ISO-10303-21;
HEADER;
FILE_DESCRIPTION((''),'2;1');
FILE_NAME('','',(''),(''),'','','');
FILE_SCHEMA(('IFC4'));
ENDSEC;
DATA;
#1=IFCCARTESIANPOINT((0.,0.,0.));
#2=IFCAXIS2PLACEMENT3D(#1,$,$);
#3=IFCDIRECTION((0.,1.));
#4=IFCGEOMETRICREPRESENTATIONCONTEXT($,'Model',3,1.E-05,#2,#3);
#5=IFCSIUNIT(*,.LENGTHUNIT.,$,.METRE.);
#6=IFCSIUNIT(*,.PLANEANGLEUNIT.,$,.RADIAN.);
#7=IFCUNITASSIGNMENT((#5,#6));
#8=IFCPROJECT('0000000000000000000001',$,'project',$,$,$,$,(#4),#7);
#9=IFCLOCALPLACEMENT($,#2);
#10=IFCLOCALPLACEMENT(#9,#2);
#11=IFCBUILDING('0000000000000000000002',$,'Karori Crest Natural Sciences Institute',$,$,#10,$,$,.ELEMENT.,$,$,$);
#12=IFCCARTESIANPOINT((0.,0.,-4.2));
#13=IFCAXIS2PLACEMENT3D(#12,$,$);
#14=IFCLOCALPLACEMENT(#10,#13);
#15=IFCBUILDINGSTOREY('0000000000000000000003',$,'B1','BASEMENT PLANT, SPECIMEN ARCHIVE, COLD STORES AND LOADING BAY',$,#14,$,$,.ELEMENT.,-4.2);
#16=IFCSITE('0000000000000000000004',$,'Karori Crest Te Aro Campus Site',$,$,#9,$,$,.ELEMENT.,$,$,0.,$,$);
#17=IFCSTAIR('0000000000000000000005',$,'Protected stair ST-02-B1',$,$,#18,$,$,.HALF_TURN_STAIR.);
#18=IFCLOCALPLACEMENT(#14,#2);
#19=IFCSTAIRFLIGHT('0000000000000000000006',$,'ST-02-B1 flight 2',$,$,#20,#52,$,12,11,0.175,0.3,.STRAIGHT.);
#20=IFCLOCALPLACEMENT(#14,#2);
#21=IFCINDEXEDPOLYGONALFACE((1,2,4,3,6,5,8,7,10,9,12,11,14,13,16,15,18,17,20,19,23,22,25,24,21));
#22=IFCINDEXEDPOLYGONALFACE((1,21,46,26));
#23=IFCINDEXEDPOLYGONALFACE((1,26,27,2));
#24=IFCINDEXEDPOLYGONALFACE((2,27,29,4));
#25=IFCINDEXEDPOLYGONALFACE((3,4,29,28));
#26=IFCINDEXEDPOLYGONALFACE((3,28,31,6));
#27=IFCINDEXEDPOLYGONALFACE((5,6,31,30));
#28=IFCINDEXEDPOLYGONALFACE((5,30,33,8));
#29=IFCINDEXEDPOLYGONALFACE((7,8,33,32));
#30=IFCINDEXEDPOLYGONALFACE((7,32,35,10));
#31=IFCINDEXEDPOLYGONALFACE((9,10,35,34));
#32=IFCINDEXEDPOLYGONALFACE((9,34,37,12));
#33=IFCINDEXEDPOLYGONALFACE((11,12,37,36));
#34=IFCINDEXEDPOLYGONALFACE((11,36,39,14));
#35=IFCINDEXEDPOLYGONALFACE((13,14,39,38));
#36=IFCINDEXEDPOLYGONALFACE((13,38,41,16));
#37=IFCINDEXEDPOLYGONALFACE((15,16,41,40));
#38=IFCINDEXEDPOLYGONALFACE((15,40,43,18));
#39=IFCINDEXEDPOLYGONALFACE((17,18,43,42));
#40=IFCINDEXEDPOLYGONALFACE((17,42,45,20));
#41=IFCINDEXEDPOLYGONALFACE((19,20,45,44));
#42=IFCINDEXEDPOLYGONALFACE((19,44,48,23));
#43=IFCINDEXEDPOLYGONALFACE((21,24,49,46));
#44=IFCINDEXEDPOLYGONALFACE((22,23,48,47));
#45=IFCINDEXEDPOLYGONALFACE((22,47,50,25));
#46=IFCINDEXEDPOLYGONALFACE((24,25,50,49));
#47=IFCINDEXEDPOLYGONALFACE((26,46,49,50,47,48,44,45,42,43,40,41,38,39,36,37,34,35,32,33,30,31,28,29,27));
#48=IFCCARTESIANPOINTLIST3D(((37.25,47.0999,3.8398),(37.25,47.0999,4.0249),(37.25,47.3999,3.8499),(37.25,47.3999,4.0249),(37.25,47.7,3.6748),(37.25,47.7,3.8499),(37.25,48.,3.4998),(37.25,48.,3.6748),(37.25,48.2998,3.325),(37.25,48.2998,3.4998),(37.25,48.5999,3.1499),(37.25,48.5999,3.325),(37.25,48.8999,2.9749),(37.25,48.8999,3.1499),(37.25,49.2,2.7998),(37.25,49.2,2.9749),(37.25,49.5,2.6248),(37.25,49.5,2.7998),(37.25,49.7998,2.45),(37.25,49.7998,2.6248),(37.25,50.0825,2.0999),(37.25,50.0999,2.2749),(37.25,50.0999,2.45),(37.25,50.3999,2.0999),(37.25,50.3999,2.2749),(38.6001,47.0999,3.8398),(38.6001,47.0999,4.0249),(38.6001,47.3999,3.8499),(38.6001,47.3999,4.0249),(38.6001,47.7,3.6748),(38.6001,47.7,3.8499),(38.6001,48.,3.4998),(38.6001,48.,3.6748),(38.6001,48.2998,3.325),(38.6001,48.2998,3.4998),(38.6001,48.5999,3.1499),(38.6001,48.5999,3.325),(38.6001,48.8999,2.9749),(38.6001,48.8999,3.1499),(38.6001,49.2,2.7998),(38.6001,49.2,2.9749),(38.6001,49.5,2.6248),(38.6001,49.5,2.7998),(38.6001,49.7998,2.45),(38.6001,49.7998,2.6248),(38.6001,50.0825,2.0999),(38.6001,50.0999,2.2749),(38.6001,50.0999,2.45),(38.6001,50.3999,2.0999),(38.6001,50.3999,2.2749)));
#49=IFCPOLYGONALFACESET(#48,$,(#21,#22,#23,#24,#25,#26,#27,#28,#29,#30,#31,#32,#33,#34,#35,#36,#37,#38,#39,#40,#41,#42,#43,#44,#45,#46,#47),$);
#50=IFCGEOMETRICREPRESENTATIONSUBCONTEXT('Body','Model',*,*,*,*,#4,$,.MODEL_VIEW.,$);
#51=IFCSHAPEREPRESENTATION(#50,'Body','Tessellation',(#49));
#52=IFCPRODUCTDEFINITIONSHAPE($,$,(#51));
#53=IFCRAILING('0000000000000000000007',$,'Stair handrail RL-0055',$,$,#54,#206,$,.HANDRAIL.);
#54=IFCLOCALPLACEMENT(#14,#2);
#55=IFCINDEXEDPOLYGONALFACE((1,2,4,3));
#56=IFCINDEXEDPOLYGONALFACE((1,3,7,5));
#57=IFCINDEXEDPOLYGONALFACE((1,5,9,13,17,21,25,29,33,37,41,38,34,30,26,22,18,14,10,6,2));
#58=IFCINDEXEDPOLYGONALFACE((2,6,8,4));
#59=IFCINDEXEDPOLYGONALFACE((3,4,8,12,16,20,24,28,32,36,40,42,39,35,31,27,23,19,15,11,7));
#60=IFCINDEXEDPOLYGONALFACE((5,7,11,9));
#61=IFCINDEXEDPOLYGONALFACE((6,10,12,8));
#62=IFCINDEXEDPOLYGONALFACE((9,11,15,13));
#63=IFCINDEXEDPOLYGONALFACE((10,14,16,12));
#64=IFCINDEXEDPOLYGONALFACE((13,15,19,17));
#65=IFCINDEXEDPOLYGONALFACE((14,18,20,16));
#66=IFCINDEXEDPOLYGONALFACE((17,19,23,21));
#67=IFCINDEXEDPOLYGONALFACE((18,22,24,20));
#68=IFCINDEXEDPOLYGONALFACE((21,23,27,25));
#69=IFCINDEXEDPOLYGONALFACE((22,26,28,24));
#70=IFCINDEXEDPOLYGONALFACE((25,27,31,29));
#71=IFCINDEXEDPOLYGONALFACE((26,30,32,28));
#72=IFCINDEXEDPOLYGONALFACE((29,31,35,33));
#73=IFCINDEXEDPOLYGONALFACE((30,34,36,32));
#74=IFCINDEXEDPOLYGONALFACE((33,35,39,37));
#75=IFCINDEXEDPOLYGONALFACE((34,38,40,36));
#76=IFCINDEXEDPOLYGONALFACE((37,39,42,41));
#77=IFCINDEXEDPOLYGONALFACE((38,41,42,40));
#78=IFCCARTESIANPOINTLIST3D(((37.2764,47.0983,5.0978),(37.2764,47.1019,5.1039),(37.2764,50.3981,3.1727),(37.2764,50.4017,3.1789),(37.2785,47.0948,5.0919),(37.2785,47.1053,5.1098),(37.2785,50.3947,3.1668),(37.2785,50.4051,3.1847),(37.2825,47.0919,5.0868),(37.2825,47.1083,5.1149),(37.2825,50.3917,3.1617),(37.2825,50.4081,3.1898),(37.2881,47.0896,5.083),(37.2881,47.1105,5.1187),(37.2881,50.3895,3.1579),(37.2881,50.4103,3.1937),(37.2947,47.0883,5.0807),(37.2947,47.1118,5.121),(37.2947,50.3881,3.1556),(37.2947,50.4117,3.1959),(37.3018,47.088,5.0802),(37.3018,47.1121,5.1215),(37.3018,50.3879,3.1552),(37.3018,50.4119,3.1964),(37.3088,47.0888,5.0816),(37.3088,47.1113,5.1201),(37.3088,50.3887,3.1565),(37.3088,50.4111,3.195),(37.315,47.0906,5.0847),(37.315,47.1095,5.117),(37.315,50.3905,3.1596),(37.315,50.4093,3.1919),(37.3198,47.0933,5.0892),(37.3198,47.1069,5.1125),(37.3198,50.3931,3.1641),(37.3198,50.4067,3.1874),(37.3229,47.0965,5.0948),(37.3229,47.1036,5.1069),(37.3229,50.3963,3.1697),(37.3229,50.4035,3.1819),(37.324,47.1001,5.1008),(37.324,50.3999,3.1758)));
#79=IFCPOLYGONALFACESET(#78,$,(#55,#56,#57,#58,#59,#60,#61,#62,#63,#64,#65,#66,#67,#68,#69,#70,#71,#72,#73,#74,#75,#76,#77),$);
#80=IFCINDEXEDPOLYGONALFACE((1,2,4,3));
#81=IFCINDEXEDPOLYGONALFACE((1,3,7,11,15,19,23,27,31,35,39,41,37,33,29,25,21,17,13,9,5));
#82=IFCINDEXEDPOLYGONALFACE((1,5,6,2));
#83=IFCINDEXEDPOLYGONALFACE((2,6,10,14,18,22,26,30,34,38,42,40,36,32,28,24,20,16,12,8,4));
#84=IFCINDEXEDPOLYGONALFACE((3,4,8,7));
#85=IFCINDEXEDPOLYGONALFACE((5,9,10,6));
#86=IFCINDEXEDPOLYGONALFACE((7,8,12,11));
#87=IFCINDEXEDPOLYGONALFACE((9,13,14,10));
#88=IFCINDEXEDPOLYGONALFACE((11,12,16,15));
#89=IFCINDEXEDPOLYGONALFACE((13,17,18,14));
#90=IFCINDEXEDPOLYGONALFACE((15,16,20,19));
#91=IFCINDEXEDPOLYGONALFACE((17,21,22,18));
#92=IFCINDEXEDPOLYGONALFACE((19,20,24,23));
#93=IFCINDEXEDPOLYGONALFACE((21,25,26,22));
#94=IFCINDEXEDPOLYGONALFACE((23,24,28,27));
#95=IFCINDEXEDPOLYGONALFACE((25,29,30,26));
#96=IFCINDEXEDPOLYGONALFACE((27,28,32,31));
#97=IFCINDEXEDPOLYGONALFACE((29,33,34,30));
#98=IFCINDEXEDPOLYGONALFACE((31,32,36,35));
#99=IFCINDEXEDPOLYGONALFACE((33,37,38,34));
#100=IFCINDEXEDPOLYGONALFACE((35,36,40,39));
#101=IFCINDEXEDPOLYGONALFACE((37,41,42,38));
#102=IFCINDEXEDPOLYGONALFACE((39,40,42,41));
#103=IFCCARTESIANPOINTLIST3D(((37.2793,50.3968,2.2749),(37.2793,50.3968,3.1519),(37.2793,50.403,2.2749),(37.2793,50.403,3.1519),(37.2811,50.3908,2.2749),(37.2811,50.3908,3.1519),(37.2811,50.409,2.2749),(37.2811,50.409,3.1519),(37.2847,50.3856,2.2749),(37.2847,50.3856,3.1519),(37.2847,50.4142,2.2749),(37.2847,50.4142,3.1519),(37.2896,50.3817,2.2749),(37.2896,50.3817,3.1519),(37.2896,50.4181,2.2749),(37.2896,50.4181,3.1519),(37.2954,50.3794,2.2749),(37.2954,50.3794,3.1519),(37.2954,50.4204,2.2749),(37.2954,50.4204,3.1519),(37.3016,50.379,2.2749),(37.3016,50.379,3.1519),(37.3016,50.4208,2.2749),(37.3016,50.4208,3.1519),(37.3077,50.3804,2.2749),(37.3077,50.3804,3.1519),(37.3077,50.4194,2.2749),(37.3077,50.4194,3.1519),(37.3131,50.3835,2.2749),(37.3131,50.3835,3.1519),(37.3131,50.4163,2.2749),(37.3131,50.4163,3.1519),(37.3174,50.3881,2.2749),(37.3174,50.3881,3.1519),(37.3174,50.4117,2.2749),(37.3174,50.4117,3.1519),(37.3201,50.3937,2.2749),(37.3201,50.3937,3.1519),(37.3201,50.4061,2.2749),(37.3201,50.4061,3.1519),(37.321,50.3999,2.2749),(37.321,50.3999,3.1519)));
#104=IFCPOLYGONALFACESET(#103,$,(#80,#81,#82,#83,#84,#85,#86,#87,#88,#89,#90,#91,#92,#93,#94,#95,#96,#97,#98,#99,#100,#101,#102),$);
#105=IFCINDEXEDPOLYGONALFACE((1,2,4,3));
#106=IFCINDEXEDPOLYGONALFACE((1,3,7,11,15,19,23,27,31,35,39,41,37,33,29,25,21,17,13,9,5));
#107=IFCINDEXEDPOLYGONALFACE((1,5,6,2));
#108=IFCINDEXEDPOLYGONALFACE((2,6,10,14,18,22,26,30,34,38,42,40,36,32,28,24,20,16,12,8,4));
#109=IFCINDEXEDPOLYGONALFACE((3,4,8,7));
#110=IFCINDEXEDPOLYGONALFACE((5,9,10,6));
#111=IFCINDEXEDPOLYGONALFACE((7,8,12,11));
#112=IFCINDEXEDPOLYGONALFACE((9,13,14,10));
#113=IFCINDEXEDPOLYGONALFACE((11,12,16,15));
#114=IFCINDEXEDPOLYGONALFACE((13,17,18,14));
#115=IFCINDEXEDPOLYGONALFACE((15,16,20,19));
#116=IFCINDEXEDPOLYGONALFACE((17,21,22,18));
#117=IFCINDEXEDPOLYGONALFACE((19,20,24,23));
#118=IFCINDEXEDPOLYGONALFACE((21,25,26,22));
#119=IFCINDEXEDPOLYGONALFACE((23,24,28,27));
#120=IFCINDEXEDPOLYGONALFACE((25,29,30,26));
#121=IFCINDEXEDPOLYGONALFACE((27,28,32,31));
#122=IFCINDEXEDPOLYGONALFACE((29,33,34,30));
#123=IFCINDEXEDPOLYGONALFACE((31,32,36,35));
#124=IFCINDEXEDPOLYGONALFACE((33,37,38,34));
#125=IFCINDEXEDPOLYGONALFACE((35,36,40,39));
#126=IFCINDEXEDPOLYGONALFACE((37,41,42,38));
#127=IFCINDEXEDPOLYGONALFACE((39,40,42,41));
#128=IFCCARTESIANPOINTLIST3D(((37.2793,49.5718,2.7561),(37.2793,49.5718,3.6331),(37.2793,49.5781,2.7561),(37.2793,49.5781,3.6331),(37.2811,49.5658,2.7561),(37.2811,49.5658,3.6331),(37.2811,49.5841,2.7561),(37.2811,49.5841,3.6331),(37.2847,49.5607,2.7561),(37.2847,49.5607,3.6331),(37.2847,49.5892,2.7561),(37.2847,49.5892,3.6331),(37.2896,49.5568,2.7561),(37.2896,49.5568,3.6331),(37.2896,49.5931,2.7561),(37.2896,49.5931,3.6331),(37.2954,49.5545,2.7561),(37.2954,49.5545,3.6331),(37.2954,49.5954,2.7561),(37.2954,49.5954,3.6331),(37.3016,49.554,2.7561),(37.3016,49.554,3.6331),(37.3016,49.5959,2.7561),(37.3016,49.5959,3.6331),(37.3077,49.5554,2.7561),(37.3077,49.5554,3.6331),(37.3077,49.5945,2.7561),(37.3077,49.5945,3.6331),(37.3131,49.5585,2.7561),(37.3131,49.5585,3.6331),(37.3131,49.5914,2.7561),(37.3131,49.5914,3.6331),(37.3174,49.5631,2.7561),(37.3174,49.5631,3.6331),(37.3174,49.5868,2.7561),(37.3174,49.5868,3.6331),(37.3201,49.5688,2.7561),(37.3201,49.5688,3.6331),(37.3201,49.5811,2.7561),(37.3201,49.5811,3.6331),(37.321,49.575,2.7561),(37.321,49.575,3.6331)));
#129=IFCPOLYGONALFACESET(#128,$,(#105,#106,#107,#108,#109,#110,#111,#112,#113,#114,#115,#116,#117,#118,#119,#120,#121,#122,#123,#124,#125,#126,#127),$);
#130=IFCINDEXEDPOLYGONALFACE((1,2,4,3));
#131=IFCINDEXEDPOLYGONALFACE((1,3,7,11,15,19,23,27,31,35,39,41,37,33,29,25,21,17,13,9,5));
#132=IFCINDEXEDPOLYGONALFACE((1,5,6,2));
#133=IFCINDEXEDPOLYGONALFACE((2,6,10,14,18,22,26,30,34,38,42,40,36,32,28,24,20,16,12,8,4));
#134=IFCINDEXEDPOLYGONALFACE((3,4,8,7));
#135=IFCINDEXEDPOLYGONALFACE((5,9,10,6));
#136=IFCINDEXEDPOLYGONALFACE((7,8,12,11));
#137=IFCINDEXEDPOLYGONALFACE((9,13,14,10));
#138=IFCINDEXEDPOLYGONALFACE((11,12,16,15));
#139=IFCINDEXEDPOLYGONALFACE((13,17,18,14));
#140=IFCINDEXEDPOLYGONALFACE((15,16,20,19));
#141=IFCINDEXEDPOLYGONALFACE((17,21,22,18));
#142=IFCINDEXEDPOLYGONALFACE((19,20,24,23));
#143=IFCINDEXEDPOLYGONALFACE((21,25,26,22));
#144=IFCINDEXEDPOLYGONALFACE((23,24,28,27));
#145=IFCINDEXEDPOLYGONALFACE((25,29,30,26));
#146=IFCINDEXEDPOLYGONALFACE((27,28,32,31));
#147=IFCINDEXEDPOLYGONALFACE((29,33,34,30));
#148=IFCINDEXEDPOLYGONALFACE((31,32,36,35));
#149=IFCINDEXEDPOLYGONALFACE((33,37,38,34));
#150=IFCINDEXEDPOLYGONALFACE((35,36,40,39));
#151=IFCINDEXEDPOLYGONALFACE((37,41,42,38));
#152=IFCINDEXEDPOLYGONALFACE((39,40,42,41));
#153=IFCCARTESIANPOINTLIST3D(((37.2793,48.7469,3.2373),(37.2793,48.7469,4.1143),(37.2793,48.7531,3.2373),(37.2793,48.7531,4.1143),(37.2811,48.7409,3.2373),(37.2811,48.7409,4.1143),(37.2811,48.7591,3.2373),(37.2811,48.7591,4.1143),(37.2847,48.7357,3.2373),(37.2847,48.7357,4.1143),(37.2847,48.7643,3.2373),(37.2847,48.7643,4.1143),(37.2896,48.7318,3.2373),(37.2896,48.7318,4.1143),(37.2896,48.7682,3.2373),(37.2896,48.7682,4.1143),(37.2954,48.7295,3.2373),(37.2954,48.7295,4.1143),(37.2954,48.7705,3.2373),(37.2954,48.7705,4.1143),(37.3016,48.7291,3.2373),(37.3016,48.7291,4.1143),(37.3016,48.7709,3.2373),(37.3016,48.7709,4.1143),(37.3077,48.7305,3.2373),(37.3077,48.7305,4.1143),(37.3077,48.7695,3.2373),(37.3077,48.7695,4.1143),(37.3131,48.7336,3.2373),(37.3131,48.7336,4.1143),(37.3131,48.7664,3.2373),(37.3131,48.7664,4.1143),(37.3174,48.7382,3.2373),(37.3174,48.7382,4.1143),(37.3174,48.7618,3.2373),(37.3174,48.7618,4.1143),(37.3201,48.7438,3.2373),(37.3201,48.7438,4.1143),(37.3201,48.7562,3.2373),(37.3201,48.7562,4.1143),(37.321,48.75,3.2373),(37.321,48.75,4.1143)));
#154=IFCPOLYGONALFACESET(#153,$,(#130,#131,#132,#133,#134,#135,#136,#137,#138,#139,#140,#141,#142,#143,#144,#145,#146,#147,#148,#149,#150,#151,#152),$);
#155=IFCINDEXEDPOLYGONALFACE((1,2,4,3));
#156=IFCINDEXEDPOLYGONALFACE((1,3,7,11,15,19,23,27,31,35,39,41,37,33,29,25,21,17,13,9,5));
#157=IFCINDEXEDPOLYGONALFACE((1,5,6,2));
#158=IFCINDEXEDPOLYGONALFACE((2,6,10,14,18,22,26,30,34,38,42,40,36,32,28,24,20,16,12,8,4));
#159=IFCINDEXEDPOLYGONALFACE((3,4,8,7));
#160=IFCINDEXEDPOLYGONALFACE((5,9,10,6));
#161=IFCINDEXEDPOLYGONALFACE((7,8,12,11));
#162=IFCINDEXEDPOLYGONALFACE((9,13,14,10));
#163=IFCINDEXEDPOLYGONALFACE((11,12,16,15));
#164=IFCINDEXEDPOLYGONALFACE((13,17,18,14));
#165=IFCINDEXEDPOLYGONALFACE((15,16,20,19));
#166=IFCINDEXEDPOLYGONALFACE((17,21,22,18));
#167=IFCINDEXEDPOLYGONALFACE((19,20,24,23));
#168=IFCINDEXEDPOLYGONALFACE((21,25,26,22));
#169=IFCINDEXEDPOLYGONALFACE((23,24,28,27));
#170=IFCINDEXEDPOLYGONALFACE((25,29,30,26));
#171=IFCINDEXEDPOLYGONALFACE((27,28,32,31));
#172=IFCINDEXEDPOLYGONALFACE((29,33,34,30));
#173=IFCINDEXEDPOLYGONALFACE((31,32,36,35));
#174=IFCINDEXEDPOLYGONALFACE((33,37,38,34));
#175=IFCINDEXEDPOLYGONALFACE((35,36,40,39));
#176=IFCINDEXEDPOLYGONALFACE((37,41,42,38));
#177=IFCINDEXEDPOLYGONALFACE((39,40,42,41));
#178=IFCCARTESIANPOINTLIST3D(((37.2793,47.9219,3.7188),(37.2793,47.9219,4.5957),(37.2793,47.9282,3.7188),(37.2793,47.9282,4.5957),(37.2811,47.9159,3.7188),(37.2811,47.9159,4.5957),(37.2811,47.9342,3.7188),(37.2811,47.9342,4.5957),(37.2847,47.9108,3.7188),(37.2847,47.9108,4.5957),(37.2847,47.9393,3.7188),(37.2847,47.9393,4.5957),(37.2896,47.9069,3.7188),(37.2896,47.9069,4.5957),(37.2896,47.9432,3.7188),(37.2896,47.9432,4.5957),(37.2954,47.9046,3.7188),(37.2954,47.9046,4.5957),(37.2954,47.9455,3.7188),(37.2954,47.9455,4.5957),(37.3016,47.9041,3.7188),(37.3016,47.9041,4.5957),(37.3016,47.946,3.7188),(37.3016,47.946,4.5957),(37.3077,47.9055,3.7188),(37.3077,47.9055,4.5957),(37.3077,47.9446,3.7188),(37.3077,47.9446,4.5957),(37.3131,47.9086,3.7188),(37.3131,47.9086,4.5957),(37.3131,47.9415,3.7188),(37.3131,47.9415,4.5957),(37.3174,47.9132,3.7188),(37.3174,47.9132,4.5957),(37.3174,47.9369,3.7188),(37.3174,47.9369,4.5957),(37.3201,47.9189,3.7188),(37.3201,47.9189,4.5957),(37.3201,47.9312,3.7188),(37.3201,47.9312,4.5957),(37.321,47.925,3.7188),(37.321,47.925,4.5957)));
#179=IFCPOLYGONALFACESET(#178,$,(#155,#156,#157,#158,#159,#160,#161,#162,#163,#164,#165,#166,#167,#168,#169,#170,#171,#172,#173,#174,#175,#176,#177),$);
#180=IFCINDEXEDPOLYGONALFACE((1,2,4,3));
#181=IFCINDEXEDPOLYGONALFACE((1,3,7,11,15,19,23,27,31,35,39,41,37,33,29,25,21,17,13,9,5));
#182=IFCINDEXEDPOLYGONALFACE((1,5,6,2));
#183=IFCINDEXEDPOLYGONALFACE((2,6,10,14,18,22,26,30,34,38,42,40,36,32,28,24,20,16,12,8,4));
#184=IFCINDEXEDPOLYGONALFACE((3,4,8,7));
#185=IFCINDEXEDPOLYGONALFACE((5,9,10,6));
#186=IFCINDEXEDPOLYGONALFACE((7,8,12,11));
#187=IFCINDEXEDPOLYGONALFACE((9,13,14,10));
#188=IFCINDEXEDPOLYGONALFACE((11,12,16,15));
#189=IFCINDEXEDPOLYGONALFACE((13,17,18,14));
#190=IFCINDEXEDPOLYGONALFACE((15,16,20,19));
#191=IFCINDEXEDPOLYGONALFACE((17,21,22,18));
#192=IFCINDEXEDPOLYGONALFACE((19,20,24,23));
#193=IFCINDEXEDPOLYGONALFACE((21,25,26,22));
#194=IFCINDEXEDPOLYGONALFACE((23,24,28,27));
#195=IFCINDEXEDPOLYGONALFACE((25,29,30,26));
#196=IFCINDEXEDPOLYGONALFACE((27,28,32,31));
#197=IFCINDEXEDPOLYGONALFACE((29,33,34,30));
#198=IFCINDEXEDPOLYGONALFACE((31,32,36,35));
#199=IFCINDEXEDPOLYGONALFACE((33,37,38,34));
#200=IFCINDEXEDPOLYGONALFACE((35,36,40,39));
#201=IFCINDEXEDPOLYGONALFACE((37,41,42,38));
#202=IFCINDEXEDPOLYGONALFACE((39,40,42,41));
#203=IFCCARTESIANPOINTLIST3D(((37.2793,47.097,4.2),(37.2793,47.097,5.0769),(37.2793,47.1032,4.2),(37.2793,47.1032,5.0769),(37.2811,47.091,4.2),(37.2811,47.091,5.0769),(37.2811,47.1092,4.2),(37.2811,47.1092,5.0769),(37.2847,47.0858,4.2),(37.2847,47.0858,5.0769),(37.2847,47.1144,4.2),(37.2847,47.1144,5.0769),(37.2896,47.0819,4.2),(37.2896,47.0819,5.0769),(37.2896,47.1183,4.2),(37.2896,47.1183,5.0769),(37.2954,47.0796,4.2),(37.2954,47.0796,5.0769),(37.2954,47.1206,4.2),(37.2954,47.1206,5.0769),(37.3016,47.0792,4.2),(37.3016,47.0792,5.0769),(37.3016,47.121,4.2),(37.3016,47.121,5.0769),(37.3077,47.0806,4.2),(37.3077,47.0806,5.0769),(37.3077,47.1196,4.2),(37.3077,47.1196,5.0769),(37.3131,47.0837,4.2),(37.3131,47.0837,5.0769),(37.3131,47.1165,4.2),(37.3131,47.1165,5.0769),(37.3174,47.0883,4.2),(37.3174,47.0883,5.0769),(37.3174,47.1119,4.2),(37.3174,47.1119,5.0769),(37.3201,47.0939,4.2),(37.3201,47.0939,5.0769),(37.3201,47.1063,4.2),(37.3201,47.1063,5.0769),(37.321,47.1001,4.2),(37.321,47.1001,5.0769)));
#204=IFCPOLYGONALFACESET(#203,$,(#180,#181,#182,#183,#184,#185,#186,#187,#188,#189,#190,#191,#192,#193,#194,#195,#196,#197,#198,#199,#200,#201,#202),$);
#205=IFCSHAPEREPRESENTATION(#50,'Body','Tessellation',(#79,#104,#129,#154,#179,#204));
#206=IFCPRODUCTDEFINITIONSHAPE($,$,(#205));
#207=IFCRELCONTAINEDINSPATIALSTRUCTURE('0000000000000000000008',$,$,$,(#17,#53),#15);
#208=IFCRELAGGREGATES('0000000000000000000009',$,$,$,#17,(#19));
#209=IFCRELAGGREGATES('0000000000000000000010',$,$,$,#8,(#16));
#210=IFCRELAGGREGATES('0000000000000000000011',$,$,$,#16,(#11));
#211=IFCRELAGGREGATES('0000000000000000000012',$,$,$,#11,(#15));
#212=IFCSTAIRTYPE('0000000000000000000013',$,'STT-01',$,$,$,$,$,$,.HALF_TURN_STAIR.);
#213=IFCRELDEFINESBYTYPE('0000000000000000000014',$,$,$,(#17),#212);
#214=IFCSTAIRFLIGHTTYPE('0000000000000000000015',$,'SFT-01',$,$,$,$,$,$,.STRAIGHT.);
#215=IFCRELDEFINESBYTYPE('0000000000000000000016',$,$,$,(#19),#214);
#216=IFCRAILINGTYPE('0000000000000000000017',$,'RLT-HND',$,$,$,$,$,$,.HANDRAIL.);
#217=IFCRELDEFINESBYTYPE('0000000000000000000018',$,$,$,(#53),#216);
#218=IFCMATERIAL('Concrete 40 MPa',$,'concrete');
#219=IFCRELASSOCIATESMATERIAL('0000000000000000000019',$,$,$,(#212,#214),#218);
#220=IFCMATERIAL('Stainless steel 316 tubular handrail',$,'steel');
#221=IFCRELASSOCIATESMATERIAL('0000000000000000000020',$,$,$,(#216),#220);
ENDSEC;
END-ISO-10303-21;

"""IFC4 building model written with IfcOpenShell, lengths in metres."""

from ifc_helpers import new_model, si_unit, direction, frame, origin, origin_2d, place, context, subcontext, project, spatial, polyline, circle, outline, extrude, material, type_object, element, aggregate, save


model = new_model("IFC4")

# Units and contexts
model_context = context("Model", 3, precision=1e-05, world=origin(), true_north=direction((0.0, 1.0)))
body_context = subcontext(model_context, "Body", "Model", "MODEL_VIEW")
ifc_project = project(units=[si_unit("LENGTHUNIT", "METRE"), si_unit("PLANEANGLEUNIT", "RADIAN")], contexts=[model_context])

# Site, building, storey
site_placement = place(None, origin())
site = spatial("IfcSite", under=ifc_project, at=site_placement, Name="Karori Crest Te Aro Campus Site", CompositionType="ELEMENT", RefElevation=0.0)
building_placement = place(site_placement, origin())
building = spatial("IfcBuilding", under=site, at=building_placement, Name="Karori Crest Natural Sciences Institute", CompositionType="ELEMENT")
storey_placement = place(building_placement, frame((0.0, 0.0, -4.2)))
storey = spatial("IfcBuildingStorey", under=building, at=storey_placement, Name="B1", Description="BASEMENT PLANT, SPECIMEN ARCHIVE, COLD STORES AND LOADING BAY", CompositionType="ELEMENT", Elevation=-4.2)

# Shared definitions
ifc_material_1 = material(Name="Concrete 40 MPa", Category="concrete")

# Stair, stair flight
stair_type = type_object("IfcStairType", Name="STT-01", PredefinedType="HALF_TURN_STAIR", material=ifc_material_1)
stair_placement = place(storey_placement, origin())
stair = element("IfcStair", 1, at=stair_placement, inside=storey, type_object=stair_type, Name="Protected stair ST-02-B1", PredefinedType="HALF_TURN_STAIR")
stair_flight_type = type_object("IfcStairFlightType", Name="SFT-01", PredefinedType="STRAIGHT", material=ifc_material_1)
stair_flight_placement = place(storey_placement, frame((37.925, 50.3999, 2.0999), z_axis=(0.0, 0.0, 1.0), x_axis=(0.0, -1.0, 0.0)))
stair_flight = element("IfcStairFlight", 2, at=stair_flight_placement, type_object=stair_flight_type, Name="ST-02-B1 flight 2", NumberOfRisers=12, NumberOfTreads=11, PredefinedType="STRAIGHT", RiserHeight=0.175, TreadLength=0.3, context=body_context, shape_type="SweptSolid", body=[
    extrude(outline(polyline([(0.0, 0.0), (0.0, 0.175), (0.3, 0.175), (0.3, 0.3501), (0.6001, 0.3501), (0.6001, 0.5249), (0.8999, 0.5249), (0.8999, 0.7), (1.2, 0.7), (1.2, 0.875), (1.5, 0.875), (1.5, 1.05), (1.8, 1.05), (1.8, 1.2251), (2.1001, 1.2251), (2.1001, 1.3999), (2.3999, 1.3999), (2.3999, 1.575), (2.7, 1.575), (2.7, 1.75), (3.0, 1.75), (3.0, 1.925), (3.3, 1.925), (3.3, 2.1001), (3.3, 1.74), (0.3174, 0.0), (0.0, 0.0)])), frame((0.0, 0.675, 0.0), z_axis=(0.0, -1.0, 0.0), x_axis=(1.0, 0.0, 0.0)), (0.0, 0.0, 1.0), 1.3501),
])
aggregate(stair, [stair_flight])

# Railing
ifc_material_2 = material(Name="Stainless steel 316 tubular handrail", Category="steel")
railing_type_1 = type_object("IfcRailingType", Name="RLT-HND", PredefinedType="HANDRAIL", material=ifc_material_2)
railing_1_placement = place(storey_placement, frame((37.3, 50.3999, 2.2749)))
element("IfcRailing", 3, at=railing_1_placement, inside=storey, type_object=railing_type_1, Name="Stair handrail RL-0055", PredefinedType="HANDRAIL", context=body_context, shape_type="SweptSolid", body=[
    extrude(circle(Radius=0.0239, at=origin_2d()), frame((0.0, 0.0, 0.9009), z_axis=(0.0, -0.86376, 0.503903), x_axis=(1.0, 0.0, 0.0)), (0.0, 0.0, 1.0), 3.8203),
    extrude(circle(Radius=0.021, at=origin_2d()), origin(), (0.0, 0.0, 1.0), 0.877),
    extrude(circle(Radius=0.021, at=origin_2d()), frame((0.0, -0.825, 0.4812)), (0.0, 0.0, 1.0), 0.877),
    extrude(circle(Radius=0.021, at=origin_2d()), frame((0.0, -1.6499, 0.9624)), (0.0, 0.0, 1.0), 0.877),
    extrude(circle(Radius=0.021, at=origin_2d()), frame((0.0, -2.4749, 1.4438)), (0.0, 0.0, 1.0), 0.877),
    extrude(circle(Radius=0.021, at=origin_2d()), frame((0.0, -3.2998, 1.925)), (0.0, 0.0, 1.0), 0.877),
])

save(model, "model.ifc")
